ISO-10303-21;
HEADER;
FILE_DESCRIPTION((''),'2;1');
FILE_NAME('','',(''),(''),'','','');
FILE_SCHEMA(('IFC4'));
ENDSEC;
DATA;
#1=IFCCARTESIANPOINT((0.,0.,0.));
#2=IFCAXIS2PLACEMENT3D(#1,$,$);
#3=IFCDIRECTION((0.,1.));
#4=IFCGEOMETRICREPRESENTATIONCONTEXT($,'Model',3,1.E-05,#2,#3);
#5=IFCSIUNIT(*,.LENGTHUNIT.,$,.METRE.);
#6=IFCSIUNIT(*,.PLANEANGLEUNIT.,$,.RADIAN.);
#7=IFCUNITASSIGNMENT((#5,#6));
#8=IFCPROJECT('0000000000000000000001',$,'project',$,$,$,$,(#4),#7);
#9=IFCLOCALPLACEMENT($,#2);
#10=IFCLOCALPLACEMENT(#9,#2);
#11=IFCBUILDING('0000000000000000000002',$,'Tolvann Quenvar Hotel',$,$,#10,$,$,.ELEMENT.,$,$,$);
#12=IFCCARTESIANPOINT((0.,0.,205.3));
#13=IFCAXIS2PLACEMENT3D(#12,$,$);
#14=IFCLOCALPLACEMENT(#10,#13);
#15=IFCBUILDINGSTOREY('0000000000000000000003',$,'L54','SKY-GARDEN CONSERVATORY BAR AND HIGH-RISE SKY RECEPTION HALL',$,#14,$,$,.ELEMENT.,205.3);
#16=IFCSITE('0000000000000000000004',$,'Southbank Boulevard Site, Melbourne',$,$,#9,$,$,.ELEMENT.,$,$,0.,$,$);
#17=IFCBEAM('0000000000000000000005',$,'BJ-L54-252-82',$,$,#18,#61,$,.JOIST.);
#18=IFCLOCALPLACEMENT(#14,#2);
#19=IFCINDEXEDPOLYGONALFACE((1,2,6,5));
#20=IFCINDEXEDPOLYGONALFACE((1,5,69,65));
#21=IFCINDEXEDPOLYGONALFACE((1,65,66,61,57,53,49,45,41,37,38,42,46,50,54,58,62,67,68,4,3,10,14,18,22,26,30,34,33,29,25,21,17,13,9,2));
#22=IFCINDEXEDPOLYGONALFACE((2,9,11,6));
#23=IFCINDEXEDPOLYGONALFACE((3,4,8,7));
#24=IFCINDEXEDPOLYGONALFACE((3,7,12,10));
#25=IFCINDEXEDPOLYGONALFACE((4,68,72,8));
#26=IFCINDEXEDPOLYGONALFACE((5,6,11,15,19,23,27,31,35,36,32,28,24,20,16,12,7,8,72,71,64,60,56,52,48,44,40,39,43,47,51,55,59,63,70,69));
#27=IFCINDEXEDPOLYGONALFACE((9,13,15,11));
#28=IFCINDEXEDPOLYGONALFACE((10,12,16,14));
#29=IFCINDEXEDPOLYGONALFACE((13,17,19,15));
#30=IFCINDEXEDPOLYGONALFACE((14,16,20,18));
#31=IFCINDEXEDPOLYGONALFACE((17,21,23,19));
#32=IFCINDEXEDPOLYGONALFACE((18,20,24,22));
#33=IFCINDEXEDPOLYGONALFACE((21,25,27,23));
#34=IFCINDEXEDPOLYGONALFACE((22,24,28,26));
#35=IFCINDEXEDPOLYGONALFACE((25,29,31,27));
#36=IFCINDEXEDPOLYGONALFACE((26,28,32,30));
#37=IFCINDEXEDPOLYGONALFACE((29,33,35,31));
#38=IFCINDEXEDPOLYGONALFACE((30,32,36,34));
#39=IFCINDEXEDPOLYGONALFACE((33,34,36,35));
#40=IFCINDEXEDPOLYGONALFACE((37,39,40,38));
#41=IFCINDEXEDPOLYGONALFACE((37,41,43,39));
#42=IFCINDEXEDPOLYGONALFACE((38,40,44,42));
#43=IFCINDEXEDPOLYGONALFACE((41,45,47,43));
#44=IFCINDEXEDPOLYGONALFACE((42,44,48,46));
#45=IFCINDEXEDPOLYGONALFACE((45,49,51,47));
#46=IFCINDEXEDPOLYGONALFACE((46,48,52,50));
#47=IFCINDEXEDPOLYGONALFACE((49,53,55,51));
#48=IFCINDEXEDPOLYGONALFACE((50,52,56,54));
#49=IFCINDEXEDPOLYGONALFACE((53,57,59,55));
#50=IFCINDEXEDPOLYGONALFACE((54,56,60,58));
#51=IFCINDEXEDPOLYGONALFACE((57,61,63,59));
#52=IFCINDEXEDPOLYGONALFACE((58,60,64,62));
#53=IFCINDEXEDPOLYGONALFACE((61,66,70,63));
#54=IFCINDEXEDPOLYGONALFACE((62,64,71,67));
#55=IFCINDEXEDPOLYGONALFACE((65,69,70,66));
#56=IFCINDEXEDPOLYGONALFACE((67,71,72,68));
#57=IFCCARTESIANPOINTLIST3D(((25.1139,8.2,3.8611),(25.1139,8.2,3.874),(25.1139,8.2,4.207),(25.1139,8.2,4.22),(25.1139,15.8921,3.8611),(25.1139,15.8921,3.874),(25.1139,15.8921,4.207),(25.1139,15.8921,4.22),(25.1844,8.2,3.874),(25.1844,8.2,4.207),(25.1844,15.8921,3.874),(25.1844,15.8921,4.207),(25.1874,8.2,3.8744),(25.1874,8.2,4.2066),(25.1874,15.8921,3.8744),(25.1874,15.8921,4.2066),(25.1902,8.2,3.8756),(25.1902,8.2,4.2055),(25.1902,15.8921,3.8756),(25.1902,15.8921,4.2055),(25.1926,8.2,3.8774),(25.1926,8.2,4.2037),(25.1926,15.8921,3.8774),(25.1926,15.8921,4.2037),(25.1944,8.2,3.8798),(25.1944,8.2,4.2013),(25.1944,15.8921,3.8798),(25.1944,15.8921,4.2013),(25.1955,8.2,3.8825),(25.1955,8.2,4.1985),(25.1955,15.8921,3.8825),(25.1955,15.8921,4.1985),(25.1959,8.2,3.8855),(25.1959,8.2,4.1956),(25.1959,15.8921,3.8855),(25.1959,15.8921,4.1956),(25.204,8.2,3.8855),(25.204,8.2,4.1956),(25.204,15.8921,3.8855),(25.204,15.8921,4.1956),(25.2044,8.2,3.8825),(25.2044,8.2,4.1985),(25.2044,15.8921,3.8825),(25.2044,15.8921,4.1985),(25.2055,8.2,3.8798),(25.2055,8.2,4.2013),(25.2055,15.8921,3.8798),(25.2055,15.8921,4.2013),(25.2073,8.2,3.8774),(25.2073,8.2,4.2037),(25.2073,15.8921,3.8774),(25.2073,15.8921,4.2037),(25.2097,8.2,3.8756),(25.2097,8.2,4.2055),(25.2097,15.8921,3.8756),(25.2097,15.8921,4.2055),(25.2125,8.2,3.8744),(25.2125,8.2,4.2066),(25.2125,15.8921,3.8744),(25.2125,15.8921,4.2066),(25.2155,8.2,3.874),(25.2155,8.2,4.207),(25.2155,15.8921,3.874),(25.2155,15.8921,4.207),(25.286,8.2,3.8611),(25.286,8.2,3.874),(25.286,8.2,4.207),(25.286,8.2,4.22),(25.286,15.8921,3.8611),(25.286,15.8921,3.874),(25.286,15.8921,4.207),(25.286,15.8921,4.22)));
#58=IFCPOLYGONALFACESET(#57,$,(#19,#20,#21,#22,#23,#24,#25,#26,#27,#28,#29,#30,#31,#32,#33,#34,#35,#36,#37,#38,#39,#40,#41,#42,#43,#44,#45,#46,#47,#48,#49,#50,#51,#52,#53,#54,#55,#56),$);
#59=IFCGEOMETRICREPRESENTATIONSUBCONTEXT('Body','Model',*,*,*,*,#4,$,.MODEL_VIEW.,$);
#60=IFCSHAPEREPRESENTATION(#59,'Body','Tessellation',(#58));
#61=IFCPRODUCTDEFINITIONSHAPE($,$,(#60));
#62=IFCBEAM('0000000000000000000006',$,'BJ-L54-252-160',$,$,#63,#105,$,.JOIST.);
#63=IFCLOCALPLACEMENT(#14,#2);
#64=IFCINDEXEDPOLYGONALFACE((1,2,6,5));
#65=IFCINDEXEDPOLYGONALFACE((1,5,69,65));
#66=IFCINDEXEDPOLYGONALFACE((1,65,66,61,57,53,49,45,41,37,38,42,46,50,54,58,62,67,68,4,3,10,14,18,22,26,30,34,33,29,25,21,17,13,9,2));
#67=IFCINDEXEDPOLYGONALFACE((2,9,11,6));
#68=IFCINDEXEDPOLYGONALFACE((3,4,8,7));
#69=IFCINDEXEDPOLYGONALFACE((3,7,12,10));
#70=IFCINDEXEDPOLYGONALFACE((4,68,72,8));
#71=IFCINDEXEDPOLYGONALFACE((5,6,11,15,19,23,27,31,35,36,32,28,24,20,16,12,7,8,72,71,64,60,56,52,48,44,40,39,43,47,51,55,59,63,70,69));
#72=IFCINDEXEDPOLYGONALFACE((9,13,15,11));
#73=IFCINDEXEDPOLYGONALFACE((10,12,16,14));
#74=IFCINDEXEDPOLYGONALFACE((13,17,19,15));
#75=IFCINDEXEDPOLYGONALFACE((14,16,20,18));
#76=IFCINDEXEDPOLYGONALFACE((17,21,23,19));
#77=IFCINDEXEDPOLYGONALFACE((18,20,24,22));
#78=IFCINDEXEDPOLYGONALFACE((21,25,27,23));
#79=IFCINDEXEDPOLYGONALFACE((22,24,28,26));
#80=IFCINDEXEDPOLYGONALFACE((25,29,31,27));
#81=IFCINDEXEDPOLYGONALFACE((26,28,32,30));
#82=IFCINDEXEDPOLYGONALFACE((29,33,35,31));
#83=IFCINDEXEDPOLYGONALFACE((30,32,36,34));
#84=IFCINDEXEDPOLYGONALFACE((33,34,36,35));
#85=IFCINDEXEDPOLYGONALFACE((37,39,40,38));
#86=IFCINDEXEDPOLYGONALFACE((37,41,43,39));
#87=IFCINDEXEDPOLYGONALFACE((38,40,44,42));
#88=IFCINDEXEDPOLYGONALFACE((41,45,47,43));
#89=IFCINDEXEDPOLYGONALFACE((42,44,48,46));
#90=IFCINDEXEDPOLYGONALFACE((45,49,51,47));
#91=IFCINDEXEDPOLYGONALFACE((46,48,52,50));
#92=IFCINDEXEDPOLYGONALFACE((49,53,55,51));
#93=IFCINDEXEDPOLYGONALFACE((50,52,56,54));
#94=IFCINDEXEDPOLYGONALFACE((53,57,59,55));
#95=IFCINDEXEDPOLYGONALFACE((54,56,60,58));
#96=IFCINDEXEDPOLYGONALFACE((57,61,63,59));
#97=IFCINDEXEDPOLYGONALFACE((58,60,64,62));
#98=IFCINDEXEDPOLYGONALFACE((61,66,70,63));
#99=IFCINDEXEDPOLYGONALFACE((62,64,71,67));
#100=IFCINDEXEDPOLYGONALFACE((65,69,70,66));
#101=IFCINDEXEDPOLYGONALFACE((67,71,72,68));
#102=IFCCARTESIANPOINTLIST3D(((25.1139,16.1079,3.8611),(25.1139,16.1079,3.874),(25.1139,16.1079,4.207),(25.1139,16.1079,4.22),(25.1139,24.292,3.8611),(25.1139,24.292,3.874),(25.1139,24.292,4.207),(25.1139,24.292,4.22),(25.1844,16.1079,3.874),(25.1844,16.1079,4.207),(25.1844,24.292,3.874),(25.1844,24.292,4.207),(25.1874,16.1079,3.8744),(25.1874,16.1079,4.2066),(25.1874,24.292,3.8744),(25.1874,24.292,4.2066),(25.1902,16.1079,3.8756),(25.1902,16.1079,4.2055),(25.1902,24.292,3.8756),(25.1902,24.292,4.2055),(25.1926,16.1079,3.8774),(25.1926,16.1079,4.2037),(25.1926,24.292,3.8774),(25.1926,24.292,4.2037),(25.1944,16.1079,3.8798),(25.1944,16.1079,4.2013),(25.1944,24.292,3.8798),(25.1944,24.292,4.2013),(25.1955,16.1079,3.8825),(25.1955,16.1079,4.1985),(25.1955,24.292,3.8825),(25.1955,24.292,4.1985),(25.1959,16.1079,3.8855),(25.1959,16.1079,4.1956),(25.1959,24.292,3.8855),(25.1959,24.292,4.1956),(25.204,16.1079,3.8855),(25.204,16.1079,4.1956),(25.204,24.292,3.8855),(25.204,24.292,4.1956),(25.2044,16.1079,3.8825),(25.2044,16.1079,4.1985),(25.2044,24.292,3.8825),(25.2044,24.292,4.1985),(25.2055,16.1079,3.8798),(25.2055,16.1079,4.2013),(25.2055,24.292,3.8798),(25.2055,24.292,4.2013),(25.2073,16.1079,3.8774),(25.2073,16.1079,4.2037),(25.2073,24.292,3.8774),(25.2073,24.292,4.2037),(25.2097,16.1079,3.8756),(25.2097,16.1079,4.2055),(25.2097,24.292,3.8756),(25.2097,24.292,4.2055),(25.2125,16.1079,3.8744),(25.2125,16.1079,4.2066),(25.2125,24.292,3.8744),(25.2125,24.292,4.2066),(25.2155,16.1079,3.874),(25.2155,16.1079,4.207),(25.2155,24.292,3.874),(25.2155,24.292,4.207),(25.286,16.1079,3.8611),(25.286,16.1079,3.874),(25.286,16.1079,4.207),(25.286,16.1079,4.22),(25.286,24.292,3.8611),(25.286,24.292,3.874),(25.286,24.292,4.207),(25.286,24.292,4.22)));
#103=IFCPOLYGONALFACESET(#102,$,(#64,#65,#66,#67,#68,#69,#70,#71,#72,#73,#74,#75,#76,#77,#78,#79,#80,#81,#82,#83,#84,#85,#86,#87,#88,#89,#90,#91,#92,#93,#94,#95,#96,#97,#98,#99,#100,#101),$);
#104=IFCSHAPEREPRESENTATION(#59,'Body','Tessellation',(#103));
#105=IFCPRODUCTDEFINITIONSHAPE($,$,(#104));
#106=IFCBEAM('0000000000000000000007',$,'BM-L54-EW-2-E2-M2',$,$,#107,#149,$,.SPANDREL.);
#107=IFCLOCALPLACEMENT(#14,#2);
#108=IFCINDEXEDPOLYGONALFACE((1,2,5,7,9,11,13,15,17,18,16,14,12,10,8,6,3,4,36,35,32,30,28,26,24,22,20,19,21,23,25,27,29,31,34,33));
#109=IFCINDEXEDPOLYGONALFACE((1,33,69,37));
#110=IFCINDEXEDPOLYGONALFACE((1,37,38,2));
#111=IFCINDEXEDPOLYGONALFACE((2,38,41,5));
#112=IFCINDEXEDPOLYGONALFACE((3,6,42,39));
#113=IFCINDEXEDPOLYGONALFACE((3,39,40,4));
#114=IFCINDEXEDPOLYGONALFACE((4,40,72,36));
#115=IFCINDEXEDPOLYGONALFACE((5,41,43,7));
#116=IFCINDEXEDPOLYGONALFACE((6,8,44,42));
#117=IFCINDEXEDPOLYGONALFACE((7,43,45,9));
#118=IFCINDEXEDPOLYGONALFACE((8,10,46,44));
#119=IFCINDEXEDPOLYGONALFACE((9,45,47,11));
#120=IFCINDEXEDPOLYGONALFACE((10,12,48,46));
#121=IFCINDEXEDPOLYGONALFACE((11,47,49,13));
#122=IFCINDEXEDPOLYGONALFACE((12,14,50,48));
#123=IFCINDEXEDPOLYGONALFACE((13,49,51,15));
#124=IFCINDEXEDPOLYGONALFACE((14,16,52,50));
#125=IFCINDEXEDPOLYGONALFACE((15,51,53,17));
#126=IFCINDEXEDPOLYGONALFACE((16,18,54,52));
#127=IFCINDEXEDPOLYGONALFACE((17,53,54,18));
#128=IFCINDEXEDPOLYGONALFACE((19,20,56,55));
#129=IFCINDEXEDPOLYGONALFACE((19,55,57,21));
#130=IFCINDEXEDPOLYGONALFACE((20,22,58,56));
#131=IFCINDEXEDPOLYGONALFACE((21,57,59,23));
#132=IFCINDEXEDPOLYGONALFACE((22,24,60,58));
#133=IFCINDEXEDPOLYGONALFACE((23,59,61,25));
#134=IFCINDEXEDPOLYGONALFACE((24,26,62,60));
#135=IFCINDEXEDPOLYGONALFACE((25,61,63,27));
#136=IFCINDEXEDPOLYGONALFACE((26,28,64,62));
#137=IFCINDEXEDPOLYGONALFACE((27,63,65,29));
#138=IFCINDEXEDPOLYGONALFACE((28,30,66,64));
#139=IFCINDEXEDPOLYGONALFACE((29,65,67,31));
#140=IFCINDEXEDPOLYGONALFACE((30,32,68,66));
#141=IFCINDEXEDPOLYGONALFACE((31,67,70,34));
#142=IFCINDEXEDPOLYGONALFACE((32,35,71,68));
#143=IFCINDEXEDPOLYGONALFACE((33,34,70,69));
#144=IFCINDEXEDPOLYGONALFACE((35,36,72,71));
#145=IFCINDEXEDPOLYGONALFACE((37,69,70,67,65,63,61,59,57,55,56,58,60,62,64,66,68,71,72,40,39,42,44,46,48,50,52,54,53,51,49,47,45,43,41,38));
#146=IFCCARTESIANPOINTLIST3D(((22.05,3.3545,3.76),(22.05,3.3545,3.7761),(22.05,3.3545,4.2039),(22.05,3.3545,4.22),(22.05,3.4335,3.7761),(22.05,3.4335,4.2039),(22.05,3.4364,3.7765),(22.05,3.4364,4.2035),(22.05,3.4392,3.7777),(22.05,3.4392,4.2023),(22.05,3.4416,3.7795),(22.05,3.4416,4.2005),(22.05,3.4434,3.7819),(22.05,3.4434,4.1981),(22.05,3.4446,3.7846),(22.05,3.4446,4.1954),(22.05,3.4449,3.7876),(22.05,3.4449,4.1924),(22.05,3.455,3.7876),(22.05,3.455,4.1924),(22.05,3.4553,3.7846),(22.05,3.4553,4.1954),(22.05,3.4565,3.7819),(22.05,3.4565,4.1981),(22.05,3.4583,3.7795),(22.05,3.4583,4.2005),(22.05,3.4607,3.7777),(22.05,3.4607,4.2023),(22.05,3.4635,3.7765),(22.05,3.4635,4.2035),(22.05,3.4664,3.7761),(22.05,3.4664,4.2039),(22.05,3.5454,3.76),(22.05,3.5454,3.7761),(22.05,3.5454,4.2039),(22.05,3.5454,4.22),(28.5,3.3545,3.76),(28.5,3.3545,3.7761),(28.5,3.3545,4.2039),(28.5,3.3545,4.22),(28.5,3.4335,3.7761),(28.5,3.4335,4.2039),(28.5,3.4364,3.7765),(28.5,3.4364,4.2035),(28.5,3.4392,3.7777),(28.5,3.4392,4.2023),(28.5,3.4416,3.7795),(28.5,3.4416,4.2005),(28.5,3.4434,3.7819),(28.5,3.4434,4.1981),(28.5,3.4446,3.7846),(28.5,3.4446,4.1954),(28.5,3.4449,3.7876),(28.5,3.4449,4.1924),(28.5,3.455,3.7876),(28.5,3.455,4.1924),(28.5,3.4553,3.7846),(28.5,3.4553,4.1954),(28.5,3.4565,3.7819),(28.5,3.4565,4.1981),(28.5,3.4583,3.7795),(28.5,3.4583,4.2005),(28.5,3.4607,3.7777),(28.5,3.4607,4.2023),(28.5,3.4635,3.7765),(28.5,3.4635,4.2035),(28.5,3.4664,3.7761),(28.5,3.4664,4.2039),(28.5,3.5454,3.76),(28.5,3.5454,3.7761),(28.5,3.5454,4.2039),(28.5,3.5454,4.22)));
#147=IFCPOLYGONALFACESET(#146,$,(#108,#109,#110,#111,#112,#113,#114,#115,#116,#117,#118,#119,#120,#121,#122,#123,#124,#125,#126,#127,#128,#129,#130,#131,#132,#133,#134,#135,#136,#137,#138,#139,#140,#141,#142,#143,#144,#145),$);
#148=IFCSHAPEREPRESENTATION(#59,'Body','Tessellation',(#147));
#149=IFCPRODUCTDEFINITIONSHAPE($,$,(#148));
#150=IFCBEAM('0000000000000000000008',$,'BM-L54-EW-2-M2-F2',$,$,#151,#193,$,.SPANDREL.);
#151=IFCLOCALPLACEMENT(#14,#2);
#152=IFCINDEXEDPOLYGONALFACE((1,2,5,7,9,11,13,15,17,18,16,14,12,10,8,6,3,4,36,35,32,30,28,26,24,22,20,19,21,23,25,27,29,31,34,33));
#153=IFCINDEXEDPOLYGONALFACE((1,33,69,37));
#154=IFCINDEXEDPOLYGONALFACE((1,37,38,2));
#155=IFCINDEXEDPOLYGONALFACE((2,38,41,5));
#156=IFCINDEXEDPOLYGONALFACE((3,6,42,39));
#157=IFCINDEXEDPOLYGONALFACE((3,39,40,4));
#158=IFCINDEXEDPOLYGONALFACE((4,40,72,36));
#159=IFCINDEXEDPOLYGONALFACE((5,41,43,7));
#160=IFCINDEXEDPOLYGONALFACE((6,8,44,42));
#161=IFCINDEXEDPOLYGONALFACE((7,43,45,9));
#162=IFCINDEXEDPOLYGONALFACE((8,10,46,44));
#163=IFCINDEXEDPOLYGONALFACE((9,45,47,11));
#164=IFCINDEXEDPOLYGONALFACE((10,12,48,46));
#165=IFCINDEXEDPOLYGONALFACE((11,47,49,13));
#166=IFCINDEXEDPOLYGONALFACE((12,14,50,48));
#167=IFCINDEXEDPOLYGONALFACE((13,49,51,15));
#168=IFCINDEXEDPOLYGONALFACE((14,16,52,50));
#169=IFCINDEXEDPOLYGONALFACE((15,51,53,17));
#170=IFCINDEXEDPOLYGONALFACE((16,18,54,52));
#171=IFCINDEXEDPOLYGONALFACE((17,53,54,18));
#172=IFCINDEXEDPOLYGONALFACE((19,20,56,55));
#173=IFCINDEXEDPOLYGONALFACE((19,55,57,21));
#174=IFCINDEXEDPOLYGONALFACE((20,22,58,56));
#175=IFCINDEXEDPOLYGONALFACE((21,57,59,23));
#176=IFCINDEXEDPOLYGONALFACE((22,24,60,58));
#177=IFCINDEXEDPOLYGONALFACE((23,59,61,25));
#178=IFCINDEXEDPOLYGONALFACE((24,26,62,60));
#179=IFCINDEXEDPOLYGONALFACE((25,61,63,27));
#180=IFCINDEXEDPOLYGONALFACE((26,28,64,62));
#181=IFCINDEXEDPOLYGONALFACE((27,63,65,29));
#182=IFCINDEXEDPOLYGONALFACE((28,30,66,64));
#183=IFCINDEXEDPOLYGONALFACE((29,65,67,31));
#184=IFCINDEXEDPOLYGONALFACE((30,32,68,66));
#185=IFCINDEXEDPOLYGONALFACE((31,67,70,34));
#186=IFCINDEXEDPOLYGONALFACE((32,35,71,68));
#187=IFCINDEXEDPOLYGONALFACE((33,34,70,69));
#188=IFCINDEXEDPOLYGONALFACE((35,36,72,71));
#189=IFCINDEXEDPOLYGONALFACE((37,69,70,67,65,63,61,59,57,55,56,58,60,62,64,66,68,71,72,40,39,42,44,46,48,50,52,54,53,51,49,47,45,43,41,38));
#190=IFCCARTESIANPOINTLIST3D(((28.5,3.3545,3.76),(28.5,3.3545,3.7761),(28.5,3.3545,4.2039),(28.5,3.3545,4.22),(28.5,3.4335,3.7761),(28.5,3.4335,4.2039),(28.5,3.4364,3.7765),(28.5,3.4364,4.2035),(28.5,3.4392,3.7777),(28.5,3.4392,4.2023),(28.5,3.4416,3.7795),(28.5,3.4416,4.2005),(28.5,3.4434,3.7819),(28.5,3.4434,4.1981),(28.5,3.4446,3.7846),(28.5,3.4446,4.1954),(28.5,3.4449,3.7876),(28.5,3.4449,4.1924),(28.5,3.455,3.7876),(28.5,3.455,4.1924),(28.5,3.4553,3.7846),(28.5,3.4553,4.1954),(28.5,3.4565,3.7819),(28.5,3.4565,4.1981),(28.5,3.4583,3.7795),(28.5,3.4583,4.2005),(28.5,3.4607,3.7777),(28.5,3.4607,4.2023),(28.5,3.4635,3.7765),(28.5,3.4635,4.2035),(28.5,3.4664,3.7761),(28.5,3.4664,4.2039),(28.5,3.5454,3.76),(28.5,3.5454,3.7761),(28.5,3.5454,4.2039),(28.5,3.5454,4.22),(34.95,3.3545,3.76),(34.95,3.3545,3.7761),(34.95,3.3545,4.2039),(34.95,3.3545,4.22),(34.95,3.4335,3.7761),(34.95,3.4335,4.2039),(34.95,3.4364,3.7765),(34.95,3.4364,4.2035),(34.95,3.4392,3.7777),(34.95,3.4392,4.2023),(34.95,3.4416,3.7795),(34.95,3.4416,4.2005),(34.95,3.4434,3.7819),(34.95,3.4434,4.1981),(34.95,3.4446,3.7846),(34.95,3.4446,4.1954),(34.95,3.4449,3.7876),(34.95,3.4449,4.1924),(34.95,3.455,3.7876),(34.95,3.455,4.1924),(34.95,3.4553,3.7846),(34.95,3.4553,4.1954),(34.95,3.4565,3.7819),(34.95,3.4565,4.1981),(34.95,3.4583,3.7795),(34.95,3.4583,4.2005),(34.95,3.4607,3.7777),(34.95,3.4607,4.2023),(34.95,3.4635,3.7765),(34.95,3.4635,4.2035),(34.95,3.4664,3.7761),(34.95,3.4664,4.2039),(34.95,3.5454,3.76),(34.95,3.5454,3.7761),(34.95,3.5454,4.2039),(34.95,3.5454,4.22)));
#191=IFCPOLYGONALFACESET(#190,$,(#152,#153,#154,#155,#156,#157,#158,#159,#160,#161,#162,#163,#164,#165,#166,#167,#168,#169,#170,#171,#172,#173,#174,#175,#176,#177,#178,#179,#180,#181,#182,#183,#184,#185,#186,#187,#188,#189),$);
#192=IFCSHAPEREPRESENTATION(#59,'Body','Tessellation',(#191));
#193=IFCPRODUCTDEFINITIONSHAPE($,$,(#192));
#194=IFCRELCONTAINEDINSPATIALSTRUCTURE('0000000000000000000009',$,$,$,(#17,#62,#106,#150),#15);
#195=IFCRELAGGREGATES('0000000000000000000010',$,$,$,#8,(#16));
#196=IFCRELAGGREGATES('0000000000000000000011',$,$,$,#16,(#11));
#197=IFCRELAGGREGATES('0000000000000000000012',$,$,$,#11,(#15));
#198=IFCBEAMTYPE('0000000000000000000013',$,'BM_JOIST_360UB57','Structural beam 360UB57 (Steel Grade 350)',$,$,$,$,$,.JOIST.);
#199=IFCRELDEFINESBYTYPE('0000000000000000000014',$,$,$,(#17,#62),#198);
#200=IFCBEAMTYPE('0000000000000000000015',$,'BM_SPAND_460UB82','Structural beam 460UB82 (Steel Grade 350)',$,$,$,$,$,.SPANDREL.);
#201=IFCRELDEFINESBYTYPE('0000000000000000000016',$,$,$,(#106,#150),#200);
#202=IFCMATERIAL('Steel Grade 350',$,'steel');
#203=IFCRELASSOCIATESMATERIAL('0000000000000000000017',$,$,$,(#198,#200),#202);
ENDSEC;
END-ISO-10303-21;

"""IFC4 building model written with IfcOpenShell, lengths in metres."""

from ifc_helpers import new_model, si_unit, direction, frame, origin, origin_2d, place, context, subcontext, project, spatial, i_section, extrude, source, transform, mapped, material, material_profile, profile_set, type_object, type_shapes, element, save


model = new_model("IFC4")

# Units and contexts
model_context = context("Model", 3, precision=1e-05, world=origin(), true_north=direction((0.0, 1.0)))
body_context = subcontext(model_context, "Body", "Model", "MODEL_VIEW")
ifc_project = project(units=[si_unit("LENGTHUNIT", "METRE"), si_unit("PLANEANGLEUNIT", "RADIAN")], contexts=[model_context])

# Site, building, storey
site_placement = place(None, origin())
site = spatial("IfcSite", under=ifc_project, at=site_placement, Name="Southbank Boulevard Site, Melbourne", CompositionType="ELEMENT", RefElevation=0.0)
building_placement = place(site_placement, origin())
building = spatial("IfcBuilding", under=site, at=building_placement, Name="Tolvann Quenvar Hotel", CompositionType="ELEMENT")
storey_placement = place(building_placement, frame((0.0, 0.0, 205.3)))
storey = spatial("IfcBuildingStorey", under=building, at=storey_placement, Name="L54", Description="SKY-GARDEN CONSERVATORY BAR AND HIGH-RISE SKY RECEPTION HALL", CompositionType="ELEMENT", Elevation=205.3)

# Shared definitions
ifc_material_1 = material(Name="Steel Grade 350", Category="steel")

# Beams
ifc_material_profile_1 = material_profile(ifc_material_1, i_section(OverallWidth=0.1721, OverallDepth=0.3589, WebThickness=0.0081, FlangeThickness=0.0129, FilletRadius=0.0115, at=origin_2d()), Name="360UB57")
ifc_profile_set_1 = profile_set([ifc_material_profile_1], Name="Steel Grade 350")
beam_type_1 = type_object("IfcBeamType", Name="BM_JOIST_360UB57", Description="Structural beam 360UB57 (Steel Grade 350)", PredefinedType="JOIST", material=ifc_profile_set_1)
shared_shape_1 = source(origin(), body_context, "Body", "SweptSolid", [
    extrude(i_section(OverallWidth=0.1721, OverallDepth=0.3589, WebThickness=0.0081, FlangeThickness=0.0129, FilletRadius=0.0115, at=origin_2d()), origin(), (0.0, 0.0, 1.0), 7.6921),
])
beam_1_placement = place(storey_placement, frame((25.2, 8.2, 4.0405), z_axis=(0.0, 1.0, 0.0), x_axis=(-1.0, 0.0, 0.0)))
element("IfcBeam", 1, at=beam_1_placement, inside=storey, type_object=beam_type_1, Name="BJ-L54-252-82", PredefinedType="JOIST", context=body_context, shape_type="MappedRepresentation", body=[
    mapped(shared_shape_1, transform((0.0, 0.0, 0.0), x_axis=(1.0, 0.0, 0.0), y_axis=(0.0, 1.0, 0.0), z_axis=(0.0, 0.0, 1.0), scale=1.0)),
])
shared_shape_2 = source(origin(), body_context, "Body", "SweptSolid", [
    extrude(i_section(OverallWidth=0.1721, OverallDepth=0.3589, WebThickness=0.0081, FlangeThickness=0.0129, FilletRadius=0.0115, at=origin_2d()), origin(), (0.0, 0.0, 1.0), 8.1841),
])
beam_2_placement = place(storey_placement, frame((25.2, 16.1079, 4.0405), z_axis=(0.0, 1.0, 0.0), x_axis=(-1.0, 0.0, 0.0)))
element("IfcBeam", 2, at=beam_2_placement, inside=storey, type_object=beam_type_1, Name="BJ-L54-252-160", PredefinedType="JOIST", context=body_context, shape_type="MappedRepresentation", body=[
    mapped(shared_shape_2, transform((0.0, 0.0, 0.0), x_axis=(1.0, 0.0, 0.0), y_axis=(0.0, 1.0, 0.0), z_axis=(0.0, 0.0, 1.0), scale=1.0)),
])
ifc_material_profile_2 = material_profile(ifc_material_1, i_section(OverallWidth=0.1909, OverallDepth=0.46, WebThickness=0.01, FlangeThickness=0.0161, FilletRadius=0.0115, at=origin_2d()), Name="460UB82")
ifc_profile_set_2 = profile_set([ifc_material_profile_2], Name="Steel Grade 350")
beam_type_2 = type_object("IfcBeamType", Name="BM_SPAND_460UB82", Description="Structural beam 460UB82 (Steel Grade 350)", PredefinedType="SPANDREL", material=ifc_profile_set_2)
shared_shape_3 = source(origin(), body_context, "Body", "SweptSolid", [
    extrude(i_section(OverallWidth=0.1909, OverallDepth=0.46, WebThickness=0.01, FlangeThickness=0.0161, FilletRadius=0.0115, at=origin_2d()), origin(), (0.0, 0.0, 1.0), 6.45),
])
type_shapes(beam_type_2, [shared_shape_3])
for number, where, z_axis, x_axis, name in (
    (3, (22.05, 3.45, 3.99), (1.0, 0.0, 0.0), (0.0, 1.0, 0.0), "BM-L54-EW-2-E2-M2"),
    (4, (28.5, 3.45, 3.99), (1.0, 0.0, 0.0), (0.0, 1.0, 0.0), "BM-L54-EW-2-M2-F2"),
):
    element("IfcBeam", number, at=place(storey_placement, frame(where, z_axis=z_axis, x_axis=x_axis)), inside=storey, type_object=beam_type_2, Name=name, PredefinedType="SPANDREL", context=body_context, shape_type="MappedRepresentation", body=[
        mapped(shared_shape_3, transform((0.0, 0.0, 0.0), x_axis=(1.0, 0.0, 0.0), y_axis=(0.0, 1.0, 0.0), z_axis=(0.0, 0.0, 1.0), scale=1.0)),
    ])

save(model, "model.ifc")
